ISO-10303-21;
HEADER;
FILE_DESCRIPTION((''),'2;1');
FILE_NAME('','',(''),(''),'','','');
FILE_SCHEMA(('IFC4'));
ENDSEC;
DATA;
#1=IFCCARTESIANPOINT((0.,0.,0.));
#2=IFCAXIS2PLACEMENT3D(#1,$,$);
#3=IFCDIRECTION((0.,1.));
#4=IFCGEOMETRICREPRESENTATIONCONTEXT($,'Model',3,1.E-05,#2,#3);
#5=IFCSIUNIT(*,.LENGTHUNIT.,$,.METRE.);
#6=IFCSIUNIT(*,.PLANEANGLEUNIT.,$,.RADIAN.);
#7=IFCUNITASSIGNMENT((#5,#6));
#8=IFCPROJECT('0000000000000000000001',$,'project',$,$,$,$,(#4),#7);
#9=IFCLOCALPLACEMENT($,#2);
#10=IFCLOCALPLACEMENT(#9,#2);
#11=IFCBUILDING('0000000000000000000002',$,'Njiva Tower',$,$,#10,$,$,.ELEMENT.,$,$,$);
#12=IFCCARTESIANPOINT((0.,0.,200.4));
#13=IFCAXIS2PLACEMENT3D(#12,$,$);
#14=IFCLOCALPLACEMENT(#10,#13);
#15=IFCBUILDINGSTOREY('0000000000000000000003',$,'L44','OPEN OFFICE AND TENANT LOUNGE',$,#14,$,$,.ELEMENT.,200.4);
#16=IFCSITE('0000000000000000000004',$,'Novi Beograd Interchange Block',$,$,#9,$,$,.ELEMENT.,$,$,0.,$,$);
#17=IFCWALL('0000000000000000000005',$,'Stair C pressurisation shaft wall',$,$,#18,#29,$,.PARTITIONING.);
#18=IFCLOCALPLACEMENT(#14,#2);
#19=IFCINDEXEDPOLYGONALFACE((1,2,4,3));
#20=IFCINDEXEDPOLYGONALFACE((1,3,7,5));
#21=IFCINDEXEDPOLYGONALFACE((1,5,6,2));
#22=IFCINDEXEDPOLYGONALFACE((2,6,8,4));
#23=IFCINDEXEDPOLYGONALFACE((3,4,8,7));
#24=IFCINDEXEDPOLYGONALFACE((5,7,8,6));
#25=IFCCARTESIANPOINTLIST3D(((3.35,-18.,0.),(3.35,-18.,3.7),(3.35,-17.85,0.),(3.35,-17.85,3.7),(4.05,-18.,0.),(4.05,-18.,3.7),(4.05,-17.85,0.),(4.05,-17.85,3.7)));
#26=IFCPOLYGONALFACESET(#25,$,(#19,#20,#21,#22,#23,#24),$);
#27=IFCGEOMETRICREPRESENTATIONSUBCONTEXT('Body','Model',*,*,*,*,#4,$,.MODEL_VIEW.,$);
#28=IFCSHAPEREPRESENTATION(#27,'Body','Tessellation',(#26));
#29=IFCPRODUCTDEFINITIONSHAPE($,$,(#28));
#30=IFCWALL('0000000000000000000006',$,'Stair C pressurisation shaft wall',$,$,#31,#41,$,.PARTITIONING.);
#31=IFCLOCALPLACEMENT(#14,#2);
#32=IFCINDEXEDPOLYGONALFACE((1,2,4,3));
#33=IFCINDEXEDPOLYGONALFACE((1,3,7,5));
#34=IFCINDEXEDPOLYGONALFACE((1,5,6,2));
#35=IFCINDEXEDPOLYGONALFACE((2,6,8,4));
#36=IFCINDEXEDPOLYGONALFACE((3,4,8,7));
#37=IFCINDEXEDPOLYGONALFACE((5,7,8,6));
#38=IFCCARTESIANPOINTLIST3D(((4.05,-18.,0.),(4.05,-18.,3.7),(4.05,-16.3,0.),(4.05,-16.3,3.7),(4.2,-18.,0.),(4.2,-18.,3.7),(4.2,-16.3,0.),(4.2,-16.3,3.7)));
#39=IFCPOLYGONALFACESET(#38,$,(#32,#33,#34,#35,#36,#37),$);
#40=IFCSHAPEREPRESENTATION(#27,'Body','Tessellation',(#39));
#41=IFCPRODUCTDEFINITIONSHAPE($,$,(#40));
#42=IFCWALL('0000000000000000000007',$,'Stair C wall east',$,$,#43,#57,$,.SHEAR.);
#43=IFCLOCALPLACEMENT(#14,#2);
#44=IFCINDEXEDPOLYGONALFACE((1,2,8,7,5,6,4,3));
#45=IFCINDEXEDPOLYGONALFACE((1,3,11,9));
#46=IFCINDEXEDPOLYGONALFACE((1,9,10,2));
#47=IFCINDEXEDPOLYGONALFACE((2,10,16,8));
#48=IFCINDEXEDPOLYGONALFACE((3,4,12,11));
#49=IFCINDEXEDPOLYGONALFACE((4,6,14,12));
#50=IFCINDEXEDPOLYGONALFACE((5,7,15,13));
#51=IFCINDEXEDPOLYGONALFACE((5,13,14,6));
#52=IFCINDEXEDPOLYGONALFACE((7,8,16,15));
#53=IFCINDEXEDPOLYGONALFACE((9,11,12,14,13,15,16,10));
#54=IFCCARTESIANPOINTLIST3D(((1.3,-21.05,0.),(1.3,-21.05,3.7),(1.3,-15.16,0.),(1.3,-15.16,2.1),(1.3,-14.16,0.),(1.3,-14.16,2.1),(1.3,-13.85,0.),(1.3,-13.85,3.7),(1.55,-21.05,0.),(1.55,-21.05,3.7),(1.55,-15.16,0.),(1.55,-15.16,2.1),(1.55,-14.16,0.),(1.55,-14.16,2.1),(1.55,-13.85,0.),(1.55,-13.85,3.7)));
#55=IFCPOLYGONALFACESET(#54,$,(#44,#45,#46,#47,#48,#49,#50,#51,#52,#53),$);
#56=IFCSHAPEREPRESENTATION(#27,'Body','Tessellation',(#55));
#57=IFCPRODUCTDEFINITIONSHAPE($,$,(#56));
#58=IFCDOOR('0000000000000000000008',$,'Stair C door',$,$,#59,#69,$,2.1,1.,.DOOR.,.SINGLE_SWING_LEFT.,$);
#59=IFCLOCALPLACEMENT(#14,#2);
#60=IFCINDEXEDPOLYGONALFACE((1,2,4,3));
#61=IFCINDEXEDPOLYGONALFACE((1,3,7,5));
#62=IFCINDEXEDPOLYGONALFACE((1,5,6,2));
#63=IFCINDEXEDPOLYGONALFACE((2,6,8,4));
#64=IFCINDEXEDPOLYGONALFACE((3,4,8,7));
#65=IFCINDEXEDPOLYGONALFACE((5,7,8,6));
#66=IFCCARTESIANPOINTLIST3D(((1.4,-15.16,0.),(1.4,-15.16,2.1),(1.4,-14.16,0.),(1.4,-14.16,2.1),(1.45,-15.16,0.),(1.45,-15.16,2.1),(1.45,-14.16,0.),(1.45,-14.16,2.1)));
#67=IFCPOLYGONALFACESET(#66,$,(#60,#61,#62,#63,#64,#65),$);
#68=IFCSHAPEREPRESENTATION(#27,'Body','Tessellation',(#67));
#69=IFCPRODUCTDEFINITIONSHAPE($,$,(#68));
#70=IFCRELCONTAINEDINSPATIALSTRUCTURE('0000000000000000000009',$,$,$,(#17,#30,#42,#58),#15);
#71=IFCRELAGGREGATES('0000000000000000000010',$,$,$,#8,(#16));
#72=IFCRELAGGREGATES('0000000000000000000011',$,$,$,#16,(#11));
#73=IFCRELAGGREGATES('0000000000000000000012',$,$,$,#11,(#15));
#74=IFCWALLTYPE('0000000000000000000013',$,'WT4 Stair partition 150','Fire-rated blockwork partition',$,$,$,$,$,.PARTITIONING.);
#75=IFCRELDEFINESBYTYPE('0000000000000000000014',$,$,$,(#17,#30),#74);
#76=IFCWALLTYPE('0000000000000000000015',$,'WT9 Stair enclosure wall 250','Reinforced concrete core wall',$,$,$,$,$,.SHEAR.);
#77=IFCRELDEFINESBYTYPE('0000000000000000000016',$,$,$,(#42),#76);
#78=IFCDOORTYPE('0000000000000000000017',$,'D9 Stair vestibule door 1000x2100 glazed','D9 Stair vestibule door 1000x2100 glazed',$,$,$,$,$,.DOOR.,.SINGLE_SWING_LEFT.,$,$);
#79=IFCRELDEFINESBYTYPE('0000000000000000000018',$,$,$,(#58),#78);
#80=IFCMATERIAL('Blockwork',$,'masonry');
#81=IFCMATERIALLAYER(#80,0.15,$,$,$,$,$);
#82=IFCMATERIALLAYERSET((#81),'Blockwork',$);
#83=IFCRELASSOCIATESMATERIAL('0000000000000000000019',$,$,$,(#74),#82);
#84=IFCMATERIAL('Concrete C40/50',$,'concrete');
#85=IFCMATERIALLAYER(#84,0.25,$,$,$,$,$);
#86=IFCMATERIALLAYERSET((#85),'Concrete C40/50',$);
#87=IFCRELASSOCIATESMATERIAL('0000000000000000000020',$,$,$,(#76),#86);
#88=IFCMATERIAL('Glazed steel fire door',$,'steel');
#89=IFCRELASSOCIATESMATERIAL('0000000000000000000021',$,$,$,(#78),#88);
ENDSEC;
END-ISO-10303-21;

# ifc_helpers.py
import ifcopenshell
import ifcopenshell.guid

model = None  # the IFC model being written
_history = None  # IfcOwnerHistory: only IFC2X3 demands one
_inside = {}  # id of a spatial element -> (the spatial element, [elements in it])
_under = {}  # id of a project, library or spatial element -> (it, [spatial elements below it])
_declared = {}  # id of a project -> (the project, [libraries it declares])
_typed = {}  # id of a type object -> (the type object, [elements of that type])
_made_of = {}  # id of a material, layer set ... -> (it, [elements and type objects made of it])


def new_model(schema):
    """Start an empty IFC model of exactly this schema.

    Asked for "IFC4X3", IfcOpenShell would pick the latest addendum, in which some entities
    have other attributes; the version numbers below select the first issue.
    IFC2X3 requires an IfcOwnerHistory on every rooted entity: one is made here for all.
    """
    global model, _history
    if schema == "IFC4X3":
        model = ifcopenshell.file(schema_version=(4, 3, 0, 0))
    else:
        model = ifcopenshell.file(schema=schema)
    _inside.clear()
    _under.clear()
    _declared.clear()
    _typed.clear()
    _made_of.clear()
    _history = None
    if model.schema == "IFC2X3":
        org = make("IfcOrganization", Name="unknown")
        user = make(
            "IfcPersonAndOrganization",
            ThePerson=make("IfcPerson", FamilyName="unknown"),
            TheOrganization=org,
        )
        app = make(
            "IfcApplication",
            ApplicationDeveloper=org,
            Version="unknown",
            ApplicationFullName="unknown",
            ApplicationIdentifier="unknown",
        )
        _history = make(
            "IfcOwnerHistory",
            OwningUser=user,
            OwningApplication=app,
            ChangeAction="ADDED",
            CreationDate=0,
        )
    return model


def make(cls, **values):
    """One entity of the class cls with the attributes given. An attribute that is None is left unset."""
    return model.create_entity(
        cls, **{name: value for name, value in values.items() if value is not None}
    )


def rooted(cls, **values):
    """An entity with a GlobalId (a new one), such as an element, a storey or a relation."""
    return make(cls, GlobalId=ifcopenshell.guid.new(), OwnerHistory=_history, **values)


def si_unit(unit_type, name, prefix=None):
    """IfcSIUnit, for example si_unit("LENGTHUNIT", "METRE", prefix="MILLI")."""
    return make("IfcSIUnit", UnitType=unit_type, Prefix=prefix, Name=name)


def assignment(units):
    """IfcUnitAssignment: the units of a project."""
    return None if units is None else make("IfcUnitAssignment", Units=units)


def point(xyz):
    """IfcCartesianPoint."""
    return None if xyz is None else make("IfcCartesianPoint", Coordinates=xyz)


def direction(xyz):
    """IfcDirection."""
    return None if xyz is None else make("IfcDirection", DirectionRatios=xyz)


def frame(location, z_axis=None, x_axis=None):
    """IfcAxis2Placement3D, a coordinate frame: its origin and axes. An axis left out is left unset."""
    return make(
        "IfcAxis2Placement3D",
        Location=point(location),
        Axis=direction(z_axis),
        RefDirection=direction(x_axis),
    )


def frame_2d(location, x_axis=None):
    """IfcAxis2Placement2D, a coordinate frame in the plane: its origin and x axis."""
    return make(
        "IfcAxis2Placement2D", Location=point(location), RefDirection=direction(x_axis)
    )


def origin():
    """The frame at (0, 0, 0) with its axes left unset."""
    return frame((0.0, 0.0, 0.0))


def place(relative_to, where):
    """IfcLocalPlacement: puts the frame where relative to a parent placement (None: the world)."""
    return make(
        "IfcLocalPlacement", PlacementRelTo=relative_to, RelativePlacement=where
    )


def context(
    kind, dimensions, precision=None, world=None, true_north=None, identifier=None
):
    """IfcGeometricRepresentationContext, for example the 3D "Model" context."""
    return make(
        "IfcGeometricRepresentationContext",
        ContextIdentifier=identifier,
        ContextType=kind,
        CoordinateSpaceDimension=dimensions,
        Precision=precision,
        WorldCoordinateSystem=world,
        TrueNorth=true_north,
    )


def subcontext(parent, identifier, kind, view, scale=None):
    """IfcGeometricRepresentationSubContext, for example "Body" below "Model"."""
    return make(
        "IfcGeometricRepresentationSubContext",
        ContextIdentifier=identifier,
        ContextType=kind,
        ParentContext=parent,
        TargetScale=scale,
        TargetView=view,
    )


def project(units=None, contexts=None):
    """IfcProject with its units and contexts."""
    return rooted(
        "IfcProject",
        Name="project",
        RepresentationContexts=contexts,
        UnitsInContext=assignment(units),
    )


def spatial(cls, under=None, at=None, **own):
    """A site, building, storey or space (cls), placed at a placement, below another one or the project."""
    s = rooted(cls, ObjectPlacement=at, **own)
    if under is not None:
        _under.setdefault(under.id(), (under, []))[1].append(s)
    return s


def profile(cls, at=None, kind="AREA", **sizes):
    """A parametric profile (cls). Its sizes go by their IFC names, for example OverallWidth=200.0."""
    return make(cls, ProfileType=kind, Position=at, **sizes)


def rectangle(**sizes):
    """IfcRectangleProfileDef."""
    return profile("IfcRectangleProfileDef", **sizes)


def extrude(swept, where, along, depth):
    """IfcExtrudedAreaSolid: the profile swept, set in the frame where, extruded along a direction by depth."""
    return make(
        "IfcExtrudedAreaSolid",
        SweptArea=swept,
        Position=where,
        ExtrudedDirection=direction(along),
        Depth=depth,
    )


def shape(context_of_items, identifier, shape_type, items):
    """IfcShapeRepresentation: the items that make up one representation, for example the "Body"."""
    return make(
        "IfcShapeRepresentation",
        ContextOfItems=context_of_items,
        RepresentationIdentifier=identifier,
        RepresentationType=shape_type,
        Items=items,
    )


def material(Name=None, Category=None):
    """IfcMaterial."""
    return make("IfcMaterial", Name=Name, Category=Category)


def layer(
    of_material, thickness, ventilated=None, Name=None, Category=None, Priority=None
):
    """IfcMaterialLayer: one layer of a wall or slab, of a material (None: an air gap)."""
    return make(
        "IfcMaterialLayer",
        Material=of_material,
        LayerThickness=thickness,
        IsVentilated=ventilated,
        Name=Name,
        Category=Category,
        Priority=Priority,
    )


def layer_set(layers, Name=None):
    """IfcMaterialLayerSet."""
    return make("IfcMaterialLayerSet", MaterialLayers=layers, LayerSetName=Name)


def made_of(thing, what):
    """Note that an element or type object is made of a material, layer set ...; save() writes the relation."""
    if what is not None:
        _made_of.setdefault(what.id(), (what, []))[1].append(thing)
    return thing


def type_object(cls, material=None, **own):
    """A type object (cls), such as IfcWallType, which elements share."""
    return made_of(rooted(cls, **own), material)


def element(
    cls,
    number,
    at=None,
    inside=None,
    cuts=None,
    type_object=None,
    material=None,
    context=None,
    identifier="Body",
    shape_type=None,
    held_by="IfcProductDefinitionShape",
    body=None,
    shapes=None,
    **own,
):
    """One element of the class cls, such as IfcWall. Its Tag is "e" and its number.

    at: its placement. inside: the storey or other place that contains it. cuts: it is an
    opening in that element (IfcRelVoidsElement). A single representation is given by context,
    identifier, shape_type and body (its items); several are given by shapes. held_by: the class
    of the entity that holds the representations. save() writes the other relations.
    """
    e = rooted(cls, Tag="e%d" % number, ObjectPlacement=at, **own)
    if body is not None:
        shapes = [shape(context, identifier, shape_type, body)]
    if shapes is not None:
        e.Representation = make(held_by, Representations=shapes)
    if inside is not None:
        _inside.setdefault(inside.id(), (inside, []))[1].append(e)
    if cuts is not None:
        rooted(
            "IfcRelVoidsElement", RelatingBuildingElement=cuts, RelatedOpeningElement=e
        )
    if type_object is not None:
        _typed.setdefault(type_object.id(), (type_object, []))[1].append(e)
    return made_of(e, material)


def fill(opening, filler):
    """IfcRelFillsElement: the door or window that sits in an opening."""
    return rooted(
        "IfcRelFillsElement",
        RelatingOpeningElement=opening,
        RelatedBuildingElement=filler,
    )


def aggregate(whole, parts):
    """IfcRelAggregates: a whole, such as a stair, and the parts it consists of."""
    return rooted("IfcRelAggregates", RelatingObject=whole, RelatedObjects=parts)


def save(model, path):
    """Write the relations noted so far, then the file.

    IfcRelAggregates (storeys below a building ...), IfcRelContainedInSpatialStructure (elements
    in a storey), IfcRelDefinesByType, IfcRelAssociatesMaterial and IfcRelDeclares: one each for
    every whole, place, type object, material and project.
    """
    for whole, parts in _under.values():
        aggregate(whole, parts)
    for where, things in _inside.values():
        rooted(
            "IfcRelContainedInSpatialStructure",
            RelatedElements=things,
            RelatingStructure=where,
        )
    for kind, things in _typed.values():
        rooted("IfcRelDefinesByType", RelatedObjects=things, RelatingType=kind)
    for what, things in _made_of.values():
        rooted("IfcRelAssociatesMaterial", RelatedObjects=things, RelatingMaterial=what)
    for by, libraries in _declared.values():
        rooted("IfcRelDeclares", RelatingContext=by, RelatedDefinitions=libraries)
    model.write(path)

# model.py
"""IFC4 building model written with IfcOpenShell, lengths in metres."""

from ifc_helpers import new_model, si_unit, direction, frame, frame_2d, origin, place, context, subcontext, project, spatial, rectangle, extrude, material, layer, layer_set, type_object, element, fill, save


model = new_model("IFC4")

# Units and contexts
model_context = context("Model", 3, precision=1e-05, world=origin(), true_north=direction((0.0, 1.0)))
body_context = subcontext(model_context, "Body", "Model", "MODEL_VIEW")
ifc_project = project(units=[si_unit("LENGTHUNIT", "METRE"), si_unit("PLANEANGLEUNIT", "RADIAN")], contexts=[model_context])

# Site, building, storey
site_placement = place(None, origin())
site = spatial("IfcSite", under=ifc_project, at=site_placement, Name="Novi Beograd Interchange Block", CompositionType="ELEMENT", RefElevation=0.0)
building_placement = place(site_placement, origin())
building = spatial("IfcBuilding", under=site, at=building_placement, Name="Njiva Tower", CompositionType="ELEMENT")
storey_placement = place(building_placement, frame((0.0, 0.0, 200.4)))
storey = spatial("IfcBuildingStorey", under=building, at=storey_placement, Name="L44", Description="OPEN OFFICE AND TENANT LOUNGE", CompositionType="ELEMENT", Elevation=200.4)

# Walls
ifc_material_1 = material(Name="Blockwork", Category="masonry")
ifc_layer_1 = layer(ifc_material_1, 0.15)
ifc_layer_set_1 = layer_set([ifc_layer_1], Name="Blockwork")
wall_type_1 = type_object("IfcWallType", Name="WT4 Stair partition 150", Description="Fire-rated blockwork partition", PredefinedType="PARTITIONING", material=ifc_layer_set_1)
wall_1_placement = place(storey_placement, frame((3.35, -17.925, 0.0), z_axis=(0.0, 0.0, 1.0), x_axis=(1.0, 0.0, 0.0)))
element("IfcWall", 1, at=wall_1_placement, inside=storey, type_object=wall_type_1, Name="Stair C pressurisation shaft wall", PredefinedType="PARTITIONING", context=body_context, shape_type="SweptSolid", body=[
    extrude(rectangle(XDim=0.7, YDim=0.15, at=frame_2d((0.35, 0.0))), origin(), (0.0, 0.0, 1.0), 3.7),
])
wall_2_placement = place(storey_placement, frame((4.125, -18.0, 0.0), z_axis=(0.0, 0.0, 1.0), x_axis=(0.0, 1.0, 0.0)))
element("IfcWall", 2, at=wall_2_placement, inside=storey, type_object=wall_type_1, Name="Stair C pressurisation shaft wall", PredefinedType="PARTITIONING", context=body_context, shape_type="SweptSolid", body=[
    extrude(rectangle(XDim=1.7, YDim=0.15, at=frame_2d((0.85, 0.0))), origin(), (0.0, 0.0, 1.0), 3.7),
])

# Wall, opening, door
ifc_material_2 = material(Name="Concrete C40/50", Category="concrete")
ifc_layer_2 = layer(ifc_material_2, 0.25)
ifc_layer_set_2 = layer_set([ifc_layer_2], Name="Concrete C40/50")
wall_type_2 = type_object("IfcWallType", Name="WT9 Stair enclosure wall 250", Description="Reinforced concrete core wall", PredefinedType="SHEAR", material=ifc_layer_set_2)
wall_3_placement = place(storey_placement, frame((1.425, -21.05, 0.0), z_axis=(0.0, 0.0, 1.0), x_axis=(0.0, 1.0, 0.0)))
wall_3 = element("IfcWall", 3, at=wall_3_placement, inside=storey, type_object=wall_type_2, Name="Stair C wall east", PredefinedType="SHEAR", context=body_context, shape_type="SweptSolid", body=[
    extrude(rectangle(XDim=7.2, YDim=0.25, at=frame_2d((3.6, 0.0))), origin(), (0.0, 0.0, 1.0), 3.7),
])
opening_1_placement = place(wall_3_placement, frame((5.89, 0.0, 0.0)))
opening_1 = element("IfcOpeningElement", 4, at=opening_1_placement, cuts=wall_3, PredefinedType="OPENING", context=body_context, shape_type="SweptSolid", body=[
    extrude(rectangle(XDim=1.0, YDim=2.1, at=frame_2d((0.5, 1.05))), frame((0.0, 0.135, 0.0), z_axis=(0.0, -1.0, 0.0), x_axis=(1.0, 0.0, 0.0)), (0.0, 0.0, 1.0), 0.27),
])
ifc_material_3 = material(Name="Glazed steel fire door", Category="steel")
door_type = type_object("IfcDoorType", Name="D9 Stair vestibule door 1000x2100 glazed", Description="D9 Stair vestibule door 1000x2100 glazed", OperationType="SINGLE_SWING_LEFT", PredefinedType="DOOR", material=ifc_material_3)
door_placement = place(opening_1_placement, origin())
door = element("IfcDoor", 5, at=door_placement, inside=storey, type_object=door_type, Name="Stair C door", OperationType="SINGLE_SWING_LEFT", OverallHeight=2.1, OverallWidth=1.0, PredefinedType="DOOR", context=body_context, shape_type="SweptSolid", body=[
    extrude(rectangle(XDim=1.0, YDim=2.1, at=frame_2d((0.5, 1.05))), frame((0.0, 0.025, 0.0), z_axis=(0.0, -1.0, 0.0), x_axis=(1.0, 0.0, 0.0)), (0.0, 0.0, 1.0), 0.05),
])
fill(opening_1, door)

save(model, "model.ifc")
